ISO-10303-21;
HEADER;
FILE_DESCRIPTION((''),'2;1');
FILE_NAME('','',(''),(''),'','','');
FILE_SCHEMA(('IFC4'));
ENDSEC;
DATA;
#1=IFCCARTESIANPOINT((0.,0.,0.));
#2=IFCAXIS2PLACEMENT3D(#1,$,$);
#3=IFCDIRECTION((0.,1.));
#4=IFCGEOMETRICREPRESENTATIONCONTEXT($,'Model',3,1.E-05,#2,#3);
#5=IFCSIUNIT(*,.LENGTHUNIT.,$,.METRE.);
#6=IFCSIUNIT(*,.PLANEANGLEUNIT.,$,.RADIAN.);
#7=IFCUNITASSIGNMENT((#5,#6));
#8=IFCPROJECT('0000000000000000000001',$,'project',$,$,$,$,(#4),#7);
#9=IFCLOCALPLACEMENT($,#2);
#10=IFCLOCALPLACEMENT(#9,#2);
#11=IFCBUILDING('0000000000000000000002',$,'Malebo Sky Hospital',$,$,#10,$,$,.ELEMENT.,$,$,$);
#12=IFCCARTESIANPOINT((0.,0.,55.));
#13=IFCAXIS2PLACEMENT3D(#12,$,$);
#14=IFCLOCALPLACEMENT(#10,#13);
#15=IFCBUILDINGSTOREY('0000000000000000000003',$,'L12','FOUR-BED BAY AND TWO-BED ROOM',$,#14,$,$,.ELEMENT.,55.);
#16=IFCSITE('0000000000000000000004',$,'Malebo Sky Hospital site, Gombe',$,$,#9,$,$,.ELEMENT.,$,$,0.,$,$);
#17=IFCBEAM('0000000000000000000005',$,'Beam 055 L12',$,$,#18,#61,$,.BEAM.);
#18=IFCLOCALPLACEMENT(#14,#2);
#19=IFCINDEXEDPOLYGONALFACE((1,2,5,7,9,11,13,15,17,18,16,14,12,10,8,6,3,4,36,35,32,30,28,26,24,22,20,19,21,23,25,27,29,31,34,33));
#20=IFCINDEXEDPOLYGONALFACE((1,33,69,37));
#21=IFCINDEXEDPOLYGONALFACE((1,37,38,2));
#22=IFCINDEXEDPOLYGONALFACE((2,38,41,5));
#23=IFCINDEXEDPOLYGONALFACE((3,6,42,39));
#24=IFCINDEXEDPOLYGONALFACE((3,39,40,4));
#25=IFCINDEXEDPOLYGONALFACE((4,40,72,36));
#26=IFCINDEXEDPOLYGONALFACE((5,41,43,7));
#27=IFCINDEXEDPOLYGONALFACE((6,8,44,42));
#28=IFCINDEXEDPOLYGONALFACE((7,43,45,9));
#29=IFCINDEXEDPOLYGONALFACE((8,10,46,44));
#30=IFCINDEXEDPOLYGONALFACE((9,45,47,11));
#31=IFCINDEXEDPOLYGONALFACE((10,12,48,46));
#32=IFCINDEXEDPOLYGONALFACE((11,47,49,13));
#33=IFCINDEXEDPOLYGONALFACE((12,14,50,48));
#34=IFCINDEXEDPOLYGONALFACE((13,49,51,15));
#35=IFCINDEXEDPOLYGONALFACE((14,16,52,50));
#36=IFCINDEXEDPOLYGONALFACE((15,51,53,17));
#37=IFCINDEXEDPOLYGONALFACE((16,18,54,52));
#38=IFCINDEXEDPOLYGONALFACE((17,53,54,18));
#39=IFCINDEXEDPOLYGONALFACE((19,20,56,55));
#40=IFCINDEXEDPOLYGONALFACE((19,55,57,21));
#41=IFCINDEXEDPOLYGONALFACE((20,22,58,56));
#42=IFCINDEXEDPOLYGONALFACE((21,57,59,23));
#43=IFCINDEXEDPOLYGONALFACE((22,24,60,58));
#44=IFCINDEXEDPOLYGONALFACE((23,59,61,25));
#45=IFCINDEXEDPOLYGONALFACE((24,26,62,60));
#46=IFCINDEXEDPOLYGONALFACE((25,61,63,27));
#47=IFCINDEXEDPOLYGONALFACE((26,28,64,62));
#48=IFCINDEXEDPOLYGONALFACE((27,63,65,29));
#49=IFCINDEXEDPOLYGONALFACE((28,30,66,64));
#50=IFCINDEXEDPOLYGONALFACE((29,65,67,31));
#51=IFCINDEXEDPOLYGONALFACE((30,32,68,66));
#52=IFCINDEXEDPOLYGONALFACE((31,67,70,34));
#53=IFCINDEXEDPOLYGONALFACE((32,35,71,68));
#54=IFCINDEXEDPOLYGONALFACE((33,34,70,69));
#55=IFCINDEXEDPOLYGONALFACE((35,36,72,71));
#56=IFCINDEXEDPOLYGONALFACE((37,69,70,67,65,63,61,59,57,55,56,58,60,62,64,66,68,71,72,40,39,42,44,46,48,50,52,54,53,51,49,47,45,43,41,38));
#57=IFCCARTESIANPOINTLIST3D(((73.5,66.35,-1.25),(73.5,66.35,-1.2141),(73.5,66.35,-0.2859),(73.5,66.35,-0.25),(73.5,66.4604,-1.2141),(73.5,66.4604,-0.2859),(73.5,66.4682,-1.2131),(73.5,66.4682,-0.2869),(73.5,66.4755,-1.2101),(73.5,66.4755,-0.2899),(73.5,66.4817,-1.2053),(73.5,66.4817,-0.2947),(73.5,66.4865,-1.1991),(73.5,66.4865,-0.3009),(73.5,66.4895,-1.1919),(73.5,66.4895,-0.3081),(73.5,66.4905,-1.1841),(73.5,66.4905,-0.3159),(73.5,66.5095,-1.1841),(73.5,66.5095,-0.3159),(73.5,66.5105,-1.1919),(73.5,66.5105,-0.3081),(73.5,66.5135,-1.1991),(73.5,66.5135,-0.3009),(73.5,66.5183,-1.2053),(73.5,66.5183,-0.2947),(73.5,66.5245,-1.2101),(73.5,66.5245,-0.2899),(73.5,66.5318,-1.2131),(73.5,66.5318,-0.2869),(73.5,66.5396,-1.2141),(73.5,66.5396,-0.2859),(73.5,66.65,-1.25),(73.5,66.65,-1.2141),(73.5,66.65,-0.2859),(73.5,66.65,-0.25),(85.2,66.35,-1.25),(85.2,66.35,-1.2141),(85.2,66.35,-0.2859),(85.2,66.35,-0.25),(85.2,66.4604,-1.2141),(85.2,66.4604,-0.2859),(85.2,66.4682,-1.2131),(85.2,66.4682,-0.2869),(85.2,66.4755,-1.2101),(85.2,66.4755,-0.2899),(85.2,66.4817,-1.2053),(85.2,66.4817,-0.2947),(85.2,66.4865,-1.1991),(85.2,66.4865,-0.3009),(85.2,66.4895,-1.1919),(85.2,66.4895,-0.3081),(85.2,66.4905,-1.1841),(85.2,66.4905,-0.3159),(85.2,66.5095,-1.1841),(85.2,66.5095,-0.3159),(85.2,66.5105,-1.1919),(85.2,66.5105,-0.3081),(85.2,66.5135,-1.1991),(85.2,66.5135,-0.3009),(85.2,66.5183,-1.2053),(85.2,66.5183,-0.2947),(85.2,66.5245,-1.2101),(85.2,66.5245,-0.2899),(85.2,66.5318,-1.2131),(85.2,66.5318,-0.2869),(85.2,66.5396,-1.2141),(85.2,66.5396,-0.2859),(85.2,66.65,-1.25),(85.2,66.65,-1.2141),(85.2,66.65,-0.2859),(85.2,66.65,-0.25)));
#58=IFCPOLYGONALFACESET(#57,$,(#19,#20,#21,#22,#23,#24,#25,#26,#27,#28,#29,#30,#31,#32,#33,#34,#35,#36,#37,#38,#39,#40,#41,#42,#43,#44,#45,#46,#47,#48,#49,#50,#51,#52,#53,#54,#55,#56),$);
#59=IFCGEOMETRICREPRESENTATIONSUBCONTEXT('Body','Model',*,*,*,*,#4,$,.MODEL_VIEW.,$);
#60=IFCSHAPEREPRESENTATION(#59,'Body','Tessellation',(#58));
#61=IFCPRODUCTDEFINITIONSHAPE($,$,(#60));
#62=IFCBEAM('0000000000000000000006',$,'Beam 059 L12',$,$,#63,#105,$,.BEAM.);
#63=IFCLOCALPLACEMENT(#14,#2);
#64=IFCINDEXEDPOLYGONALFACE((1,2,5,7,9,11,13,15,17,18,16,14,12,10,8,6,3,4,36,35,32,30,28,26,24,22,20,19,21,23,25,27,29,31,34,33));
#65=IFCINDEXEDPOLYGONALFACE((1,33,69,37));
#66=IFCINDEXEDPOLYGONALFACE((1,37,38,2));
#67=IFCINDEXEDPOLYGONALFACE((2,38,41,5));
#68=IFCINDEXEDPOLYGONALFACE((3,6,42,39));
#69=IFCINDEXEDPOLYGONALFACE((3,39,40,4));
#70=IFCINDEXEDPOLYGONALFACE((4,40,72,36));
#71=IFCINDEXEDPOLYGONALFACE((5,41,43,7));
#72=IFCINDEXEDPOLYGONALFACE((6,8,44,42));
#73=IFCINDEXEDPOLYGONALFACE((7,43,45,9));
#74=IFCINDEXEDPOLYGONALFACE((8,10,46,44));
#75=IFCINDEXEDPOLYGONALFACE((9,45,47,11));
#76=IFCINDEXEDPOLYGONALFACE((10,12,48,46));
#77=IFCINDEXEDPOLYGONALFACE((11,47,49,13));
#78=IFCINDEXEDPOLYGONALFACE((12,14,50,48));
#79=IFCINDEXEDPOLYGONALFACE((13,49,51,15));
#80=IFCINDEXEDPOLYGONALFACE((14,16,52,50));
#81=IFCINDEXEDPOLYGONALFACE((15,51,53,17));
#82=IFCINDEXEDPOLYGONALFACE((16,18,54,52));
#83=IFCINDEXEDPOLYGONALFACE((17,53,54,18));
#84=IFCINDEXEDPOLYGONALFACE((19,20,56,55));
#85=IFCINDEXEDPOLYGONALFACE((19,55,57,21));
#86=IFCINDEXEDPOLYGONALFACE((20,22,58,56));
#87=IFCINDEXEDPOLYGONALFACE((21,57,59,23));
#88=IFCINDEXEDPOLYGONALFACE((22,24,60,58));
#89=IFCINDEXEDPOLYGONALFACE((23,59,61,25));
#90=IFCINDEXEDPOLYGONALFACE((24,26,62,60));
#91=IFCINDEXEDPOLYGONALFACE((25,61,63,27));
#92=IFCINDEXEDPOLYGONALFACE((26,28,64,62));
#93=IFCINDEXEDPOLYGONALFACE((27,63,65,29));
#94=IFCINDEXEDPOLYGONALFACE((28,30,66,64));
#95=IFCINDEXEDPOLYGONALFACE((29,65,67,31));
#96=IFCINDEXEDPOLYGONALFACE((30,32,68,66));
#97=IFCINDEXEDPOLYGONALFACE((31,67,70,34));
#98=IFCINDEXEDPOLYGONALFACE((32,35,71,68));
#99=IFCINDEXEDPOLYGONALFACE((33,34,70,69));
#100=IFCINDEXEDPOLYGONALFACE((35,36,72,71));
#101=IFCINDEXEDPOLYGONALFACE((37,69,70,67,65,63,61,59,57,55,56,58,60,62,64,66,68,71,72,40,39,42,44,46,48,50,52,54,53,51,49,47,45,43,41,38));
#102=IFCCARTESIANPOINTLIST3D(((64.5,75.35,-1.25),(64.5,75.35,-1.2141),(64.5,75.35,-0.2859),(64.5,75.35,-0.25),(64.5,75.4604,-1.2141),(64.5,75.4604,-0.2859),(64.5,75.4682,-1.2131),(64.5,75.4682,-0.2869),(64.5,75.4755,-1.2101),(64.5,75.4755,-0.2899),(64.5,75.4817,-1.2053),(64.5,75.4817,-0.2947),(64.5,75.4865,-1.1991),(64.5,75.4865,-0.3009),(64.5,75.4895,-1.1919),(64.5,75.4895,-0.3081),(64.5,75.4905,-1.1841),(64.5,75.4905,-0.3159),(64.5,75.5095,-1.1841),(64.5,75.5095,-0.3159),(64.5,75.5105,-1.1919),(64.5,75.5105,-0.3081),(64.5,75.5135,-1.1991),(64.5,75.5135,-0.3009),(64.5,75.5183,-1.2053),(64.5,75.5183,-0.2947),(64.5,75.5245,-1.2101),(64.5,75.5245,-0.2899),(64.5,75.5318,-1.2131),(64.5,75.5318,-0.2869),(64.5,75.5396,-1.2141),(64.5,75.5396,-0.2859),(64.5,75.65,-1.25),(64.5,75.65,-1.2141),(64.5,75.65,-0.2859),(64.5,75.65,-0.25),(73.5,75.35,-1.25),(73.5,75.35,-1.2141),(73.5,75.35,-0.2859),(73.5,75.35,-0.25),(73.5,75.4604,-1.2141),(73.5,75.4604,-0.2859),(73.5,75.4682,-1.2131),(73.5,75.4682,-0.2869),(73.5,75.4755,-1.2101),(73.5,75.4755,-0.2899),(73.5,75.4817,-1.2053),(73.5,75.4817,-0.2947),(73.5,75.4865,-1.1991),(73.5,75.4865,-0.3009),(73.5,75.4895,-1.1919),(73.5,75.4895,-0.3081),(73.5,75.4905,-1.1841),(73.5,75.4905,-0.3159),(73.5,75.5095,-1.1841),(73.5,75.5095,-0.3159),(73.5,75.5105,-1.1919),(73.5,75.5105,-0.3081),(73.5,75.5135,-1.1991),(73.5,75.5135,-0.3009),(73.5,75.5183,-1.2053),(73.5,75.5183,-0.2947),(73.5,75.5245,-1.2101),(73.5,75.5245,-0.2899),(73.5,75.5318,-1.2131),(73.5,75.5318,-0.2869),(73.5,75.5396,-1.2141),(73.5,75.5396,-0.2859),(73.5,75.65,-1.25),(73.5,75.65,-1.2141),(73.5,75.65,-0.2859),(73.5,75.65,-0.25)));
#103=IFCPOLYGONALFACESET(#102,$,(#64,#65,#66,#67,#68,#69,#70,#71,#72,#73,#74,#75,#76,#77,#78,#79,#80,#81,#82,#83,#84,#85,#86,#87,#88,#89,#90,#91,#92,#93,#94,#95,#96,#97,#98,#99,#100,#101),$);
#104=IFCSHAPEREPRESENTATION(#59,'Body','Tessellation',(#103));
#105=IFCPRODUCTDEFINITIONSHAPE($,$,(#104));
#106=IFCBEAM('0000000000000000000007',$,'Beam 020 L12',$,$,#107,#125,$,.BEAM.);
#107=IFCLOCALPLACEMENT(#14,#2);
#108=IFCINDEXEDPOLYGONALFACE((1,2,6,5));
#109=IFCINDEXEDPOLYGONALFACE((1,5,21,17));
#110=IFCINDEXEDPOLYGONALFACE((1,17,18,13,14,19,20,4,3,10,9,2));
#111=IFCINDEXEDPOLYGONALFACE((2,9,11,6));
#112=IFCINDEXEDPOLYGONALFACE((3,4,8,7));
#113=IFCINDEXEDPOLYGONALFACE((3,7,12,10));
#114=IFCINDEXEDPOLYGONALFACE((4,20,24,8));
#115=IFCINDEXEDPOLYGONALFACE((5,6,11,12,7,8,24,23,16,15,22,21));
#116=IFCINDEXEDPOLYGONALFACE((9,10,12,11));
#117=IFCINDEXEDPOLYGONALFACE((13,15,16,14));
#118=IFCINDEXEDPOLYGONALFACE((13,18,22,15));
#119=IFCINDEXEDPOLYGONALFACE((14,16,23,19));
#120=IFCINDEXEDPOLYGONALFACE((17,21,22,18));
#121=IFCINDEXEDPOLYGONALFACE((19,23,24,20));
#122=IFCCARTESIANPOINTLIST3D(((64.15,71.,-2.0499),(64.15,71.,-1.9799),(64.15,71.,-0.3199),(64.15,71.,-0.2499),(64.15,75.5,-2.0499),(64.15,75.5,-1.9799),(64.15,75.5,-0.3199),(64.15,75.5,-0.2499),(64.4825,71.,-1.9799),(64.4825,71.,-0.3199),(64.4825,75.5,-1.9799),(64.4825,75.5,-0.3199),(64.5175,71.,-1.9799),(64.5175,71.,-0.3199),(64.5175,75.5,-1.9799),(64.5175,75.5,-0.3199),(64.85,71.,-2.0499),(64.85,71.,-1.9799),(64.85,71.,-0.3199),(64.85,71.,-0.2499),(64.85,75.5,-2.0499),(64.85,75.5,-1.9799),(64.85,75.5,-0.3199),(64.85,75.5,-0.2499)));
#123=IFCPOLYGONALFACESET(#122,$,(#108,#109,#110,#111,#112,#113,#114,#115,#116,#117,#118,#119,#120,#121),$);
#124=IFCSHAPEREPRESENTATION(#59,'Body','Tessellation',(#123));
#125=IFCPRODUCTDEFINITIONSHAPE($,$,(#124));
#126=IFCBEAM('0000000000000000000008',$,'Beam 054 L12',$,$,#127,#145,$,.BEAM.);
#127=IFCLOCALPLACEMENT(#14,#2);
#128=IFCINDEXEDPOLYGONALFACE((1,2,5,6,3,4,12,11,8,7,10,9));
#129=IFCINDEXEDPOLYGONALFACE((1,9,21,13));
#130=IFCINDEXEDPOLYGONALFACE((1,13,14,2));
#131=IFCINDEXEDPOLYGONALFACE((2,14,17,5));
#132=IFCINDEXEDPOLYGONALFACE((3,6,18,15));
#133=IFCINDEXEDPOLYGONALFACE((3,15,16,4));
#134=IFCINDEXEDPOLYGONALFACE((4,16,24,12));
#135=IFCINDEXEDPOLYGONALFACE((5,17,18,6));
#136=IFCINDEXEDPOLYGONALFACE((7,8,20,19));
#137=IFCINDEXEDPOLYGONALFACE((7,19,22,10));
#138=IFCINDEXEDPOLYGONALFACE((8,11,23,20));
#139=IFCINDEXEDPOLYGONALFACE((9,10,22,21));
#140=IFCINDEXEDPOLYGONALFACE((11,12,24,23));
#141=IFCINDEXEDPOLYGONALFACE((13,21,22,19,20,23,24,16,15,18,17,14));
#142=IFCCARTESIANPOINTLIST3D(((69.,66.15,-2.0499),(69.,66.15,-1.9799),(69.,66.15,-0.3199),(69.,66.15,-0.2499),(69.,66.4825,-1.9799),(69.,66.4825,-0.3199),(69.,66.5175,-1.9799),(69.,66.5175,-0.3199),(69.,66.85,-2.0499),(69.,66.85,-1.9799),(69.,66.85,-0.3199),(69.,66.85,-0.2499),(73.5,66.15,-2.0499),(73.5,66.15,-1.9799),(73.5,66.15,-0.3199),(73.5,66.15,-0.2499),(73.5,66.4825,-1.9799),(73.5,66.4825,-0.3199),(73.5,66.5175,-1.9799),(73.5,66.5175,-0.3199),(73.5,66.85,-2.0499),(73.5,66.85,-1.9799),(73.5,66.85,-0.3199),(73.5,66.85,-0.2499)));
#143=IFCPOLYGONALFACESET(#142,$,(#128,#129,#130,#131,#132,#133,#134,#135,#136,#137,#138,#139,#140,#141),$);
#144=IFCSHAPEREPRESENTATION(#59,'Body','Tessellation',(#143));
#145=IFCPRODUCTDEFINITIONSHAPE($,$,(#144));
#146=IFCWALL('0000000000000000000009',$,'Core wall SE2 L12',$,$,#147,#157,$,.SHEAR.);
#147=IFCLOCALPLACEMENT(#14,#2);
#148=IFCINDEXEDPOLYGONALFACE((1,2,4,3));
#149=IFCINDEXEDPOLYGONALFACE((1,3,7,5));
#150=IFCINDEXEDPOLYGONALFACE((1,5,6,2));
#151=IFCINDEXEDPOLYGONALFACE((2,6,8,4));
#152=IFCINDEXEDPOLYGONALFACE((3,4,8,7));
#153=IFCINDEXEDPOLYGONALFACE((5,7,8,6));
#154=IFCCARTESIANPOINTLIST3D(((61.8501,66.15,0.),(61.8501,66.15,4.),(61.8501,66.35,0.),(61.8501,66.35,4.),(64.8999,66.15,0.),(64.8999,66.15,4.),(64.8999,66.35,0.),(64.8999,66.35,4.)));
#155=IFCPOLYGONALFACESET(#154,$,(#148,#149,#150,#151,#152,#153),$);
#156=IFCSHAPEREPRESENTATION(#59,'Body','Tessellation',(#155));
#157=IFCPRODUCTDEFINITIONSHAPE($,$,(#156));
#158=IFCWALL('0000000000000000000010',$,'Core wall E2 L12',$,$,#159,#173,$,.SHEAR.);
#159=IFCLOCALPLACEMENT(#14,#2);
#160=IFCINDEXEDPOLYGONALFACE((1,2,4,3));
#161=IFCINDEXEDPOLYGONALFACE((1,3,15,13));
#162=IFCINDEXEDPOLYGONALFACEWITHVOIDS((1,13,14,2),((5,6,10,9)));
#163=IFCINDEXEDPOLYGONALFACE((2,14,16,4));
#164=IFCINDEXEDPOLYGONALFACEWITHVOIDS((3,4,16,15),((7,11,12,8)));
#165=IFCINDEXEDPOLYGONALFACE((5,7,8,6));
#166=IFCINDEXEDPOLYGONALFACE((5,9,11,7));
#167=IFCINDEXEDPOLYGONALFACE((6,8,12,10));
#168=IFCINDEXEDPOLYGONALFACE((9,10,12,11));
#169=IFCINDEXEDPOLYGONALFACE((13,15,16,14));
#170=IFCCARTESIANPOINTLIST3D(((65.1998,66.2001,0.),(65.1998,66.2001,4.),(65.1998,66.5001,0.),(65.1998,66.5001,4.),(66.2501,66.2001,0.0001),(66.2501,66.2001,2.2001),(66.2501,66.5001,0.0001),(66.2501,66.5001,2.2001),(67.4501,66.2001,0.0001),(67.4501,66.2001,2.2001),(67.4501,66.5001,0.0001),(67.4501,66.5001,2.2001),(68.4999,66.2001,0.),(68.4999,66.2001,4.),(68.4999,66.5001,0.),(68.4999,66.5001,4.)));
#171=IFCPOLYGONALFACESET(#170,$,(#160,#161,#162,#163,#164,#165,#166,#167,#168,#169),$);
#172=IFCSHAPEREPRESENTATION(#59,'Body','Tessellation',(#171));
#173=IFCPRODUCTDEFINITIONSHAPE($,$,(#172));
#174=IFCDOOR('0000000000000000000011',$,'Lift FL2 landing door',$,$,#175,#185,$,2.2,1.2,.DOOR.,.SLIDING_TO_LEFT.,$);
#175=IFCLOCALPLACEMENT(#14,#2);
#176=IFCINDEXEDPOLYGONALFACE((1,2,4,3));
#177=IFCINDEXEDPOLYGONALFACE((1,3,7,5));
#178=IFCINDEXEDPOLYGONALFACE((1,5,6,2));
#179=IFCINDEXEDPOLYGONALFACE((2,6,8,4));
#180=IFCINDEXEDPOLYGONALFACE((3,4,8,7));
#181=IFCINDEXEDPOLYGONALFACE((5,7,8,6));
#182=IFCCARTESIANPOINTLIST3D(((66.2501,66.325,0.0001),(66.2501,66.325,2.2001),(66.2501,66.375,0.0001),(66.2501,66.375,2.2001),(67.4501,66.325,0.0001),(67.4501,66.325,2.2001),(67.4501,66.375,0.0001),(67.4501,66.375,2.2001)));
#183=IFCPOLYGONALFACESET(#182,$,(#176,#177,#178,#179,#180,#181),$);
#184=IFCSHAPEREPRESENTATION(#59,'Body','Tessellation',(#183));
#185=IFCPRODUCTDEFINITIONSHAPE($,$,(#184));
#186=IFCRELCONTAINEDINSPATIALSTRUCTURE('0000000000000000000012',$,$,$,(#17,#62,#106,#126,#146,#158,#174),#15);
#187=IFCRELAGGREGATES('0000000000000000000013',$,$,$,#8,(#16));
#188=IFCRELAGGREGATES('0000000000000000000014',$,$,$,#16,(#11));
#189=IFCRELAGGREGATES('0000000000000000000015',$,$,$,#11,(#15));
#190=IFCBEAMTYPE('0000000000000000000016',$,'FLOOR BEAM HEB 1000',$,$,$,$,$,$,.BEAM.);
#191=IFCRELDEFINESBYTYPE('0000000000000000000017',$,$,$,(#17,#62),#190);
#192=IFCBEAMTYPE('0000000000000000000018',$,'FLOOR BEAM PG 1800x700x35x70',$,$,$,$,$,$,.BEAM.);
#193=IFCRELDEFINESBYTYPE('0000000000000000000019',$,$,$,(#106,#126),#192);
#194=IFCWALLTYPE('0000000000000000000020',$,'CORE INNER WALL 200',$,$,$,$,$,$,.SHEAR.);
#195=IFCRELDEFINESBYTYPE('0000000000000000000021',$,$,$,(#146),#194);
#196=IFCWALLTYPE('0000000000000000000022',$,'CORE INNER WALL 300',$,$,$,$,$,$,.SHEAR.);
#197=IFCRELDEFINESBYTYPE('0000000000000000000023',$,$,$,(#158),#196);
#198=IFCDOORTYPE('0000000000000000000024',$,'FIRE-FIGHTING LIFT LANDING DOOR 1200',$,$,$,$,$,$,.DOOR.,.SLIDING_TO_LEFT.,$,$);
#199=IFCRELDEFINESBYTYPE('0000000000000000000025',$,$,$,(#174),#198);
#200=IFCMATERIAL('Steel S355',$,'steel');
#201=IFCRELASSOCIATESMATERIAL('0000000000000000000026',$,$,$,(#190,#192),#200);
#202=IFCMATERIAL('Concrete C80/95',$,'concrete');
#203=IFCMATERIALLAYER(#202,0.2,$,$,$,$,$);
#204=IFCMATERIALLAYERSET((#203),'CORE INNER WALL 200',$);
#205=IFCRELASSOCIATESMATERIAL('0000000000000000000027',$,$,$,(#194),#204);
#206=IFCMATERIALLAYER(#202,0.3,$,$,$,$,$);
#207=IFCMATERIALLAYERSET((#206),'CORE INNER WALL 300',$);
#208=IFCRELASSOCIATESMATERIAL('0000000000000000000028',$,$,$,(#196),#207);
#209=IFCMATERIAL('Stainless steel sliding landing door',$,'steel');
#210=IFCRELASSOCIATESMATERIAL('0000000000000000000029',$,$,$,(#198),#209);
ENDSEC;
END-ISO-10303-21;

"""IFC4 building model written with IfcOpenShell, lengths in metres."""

from ifc_helpers import new_model, si_unit, direction, frame, frame_2d, origin, origin_2d, place, context, subcontext, project, spatial, rectangle, i_section, extrude, material, layer, layer_set, material_profile, profile_set, type_object, element, fill, save


model = new_model("IFC4")

# Units and contexts
model_context = context("Model", 3, precision=1e-05, world=origin(), true_north=direction((0.0, 1.0)))
body_context = subcontext(model_context, "Body", "Model", "MODEL_VIEW")
ifc_project = project(units=[si_unit("LENGTHUNIT", "METRE"), si_unit("PLANEANGLEUNIT", "RADIAN")], contexts=[model_context])

# Site, building, storey
site_placement = place(None, origin())
site = spatial("IfcSite", under=ifc_project, at=site_placement, Name="Malebo Sky Hospital site, Gombe", CompositionType="ELEMENT", RefElevation=0.0)
building_placement = place(site_placement, origin())
building = spatial("IfcBuilding", under=site, at=building_placement, Name="Malebo Sky Hospital", CompositionType="ELEMENT")
storey_placement = place(building_placement, frame((0.0, 0.0, 55.0)))
storey = spatial("IfcBuildingStorey", under=building, at=storey_placement, Name="L12", Description="FOUR-BED BAY AND TWO-BED ROOM", CompositionType="ELEMENT", Elevation=55.0)

# Beams
ifc_material_1 = material(Name="Steel S355", Category="steel")
ifc_material_profile_1 = material_profile(ifc_material_1, i_section(OverallWidth=0.3, OverallDepth=1.0, WebThickness=0.019, FlangeThickness=0.0359, FilletRadius=0.03, at=origin_2d()), Name="HEB 1000")
ifc_profile_set_1 = profile_set([ifc_material_profile_1], Name="Steel S355")
beam_type_1 = type_object("IfcBeamType", Name="FLOOR BEAM HEB 1000", PredefinedType="BEAM", material=ifc_profile_set_1)
beam_1_placement = place(storey_placement, frame((73.5, 66.5, -0.75), z_axis=(1.0, 0.0, 0.0), x_axis=(0.0, 1.0, 0.0)))
element("IfcBeam", 1, at=beam_1_placement, inside=storey, type_object=beam_type_1, Name="Beam 055 L12", PredefinedType="BEAM", context=body_context, shape_type="SweptSolid", body=[
    extrude(i_section(OverallWidth=0.3, OverallDepth=1.0, WebThickness=0.019, FlangeThickness=0.0359, FilletRadius=0.03, at=origin_2d()), origin(), (0.0, 0.0, 1.0), 11.7),
])
beam_2_placement = place(storey_placement, frame((64.5, 75.5, -0.75), z_axis=(1.0, 0.0, 0.0), x_axis=(0.0, 1.0, 0.0)))
element("IfcBeam", 2, at=beam_2_placement, inside=storey, type_object=beam_type_1, Name="Beam 059 L12", PredefinedType="BEAM", context=body_context, shape_type="SweptSolid", body=[
    extrude(i_section(OverallWidth=0.3, OverallDepth=1.0, WebThickness=0.019, FlangeThickness=0.0359, FilletRadius=0.03, at=origin_2d()), origin(), (0.0, 0.0, 1.0), 9.0),
])
ifc_material_profile_2 = material_profile(ifc_material_1, i_section(OverallWidth=0.7, OverallDepth=1.8, WebThickness=0.0349, FlangeThickness=0.0701, at=origin_2d()), Name="PG 1800x700x35x70")
ifc_profile_set_2 = profile_set([ifc_material_profile_2], Name="Steel S355")
beam_type_2 = type_object("IfcBeamType", Name="FLOOR BEAM PG 1800x700x35x70", PredefinedType="BEAM", material=ifc_profile_set_2)
for number, where, z_axis, x_axis, name in (
    (3, (64.5, 71.0, -1.1499), (0.0, 1.0, 0.0), (-1.0, 0.0, 0.0), "Beam 020 L12"),
    (4, (69.0, 66.5, -1.1499), (1.0, 0.0, 0.0), (0.0, 1.0, 0.0), "Beam 054 L12"),
):
    element("IfcBeam", number, at=place(storey_placement, frame(where, z_axis=z_axis, x_axis=x_axis)), inside=storey, type_object=beam_type_2, Name=name, PredefinedType="BEAM", context=body_context, shape_type="SweptSolid", body=[
        extrude(i_section(OverallWidth=0.7, OverallDepth=1.8, WebThickness=0.0349, FlangeThickness=0.0701, at=origin_2d()), origin(), (0.0, 0.0, 1.0), 4.5),
    ])

# Wall
ifc_material_2 = material(Name="Concrete C80/95", Category="concrete")
ifc_layer_1 = layer(ifc_material_2, 0.2)
ifc_layer_set_1 = layer_set([ifc_layer_1], Name="CORE INNER WALL 200")
wall_type_1 = type_object("IfcWallType", Name="CORE INNER WALL 200", PredefinedType="SHEAR", material=ifc_layer_set_1)
wall_1_placement = place(storey_placement, frame((61.8501, 66.25, 0.0), z_axis=(0.0, 0.0, 1.0), x_axis=(1.0, 0.0, 0.0)))
element("IfcWall", 5, at=wall_1_placement, inside=storey, type_object=wall_type_1, Name="Core wall SE2 L12", PredefinedType="SHEAR", context=body_context, shape_type="SweptSolid", body=[
    extrude(rectangle(XDim=3.0498, YDim=0.2, at=frame_2d((1.5249, 0.0))), origin(), (0.0, 0.0, 1.0), 4.0),
])

# Wall, opening, door
ifc_layer_2 = layer(ifc_material_2, 0.3)
ifc_layer_set_2 = layer_set([ifc_layer_2], Name="CORE INNER WALL 300")
wall_type_2 = type_object("IfcWallType", Name="CORE INNER WALL 300", PredefinedType="SHEAR", material=ifc_layer_set_2)
wall_2_placement = place(storey_placement, frame((65.2, 66.3501, 0.0), z_axis=(0.0, 0.0, 1.0), x_axis=(1.0, 0.0, 0.0)))
wall_2 = element("IfcWall", 6, at=wall_2_placement, inside=storey, type_object=wall_type_2, Name="Core wall E2 L12", PredefinedType="SHEAR", context=body_context, shape_type="SweptSolid", body=[
    extrude(rectangle(XDim=3.3, YDim=0.3, at=frame_2d((1.6499, 0.0))), origin(), (0.0, 0.0, 1.0), 4.0),
])
opening_1_placement = place(wall_2_placement, frame((1.05, 0.0, 0.0)))
opening_1 = element("IfcOpeningElement", 7, at=opening_1_placement, cuts=wall_2, PredefinedType="OPENING", context=body_context, shape_type="SweptSolid", body=[
    extrude(rectangle(XDim=1.2, YDim=2.2, at=frame_2d((0.6001, 1.1001))), frame((0.0, 0.1599, 0.0), z_axis=(0.0, -1.0, 0.0), x_axis=(1.0, 0.0, 0.0)), (0.0, 0.0, 1.0), 0.3201),
])
ifc_material_3 = material(Name="Stainless steel sliding landing door", Category="steel")
door_type_1 = type_object("IfcDoorType", Name="FIRE-FIGHTING LIFT LANDING DOOR 1200", OperationType="SLIDING_TO_LEFT", PredefinedType="DOOR", material=ifc_material_3)
door_1_placement = place(opening_1_placement, origin())
door_1 = element("IfcDoor", 8, at=door_1_placement, inside=storey, type_object=door_type_1, Name="Lift FL2 landing door", OperationType="SLIDING_TO_LEFT", OverallHeight=2.2, OverallWidth=1.2, PredefinedType="DOOR", context=body_context, shape_type="SweptSolid", body=[
    extrude(rectangle(XDim=1.2, YDim=2.2, at=frame_2d((0.6001, 1.1001))), frame((0.0, 0.0249, 0.0), z_axis=(0.0, -1.0, 0.0), x_axis=(1.0, 0.0, 0.0)), (0.0, 0.0, 1.0), 0.05),
])
fill(opening_1, door_1)

save(model, "model.ifc")
